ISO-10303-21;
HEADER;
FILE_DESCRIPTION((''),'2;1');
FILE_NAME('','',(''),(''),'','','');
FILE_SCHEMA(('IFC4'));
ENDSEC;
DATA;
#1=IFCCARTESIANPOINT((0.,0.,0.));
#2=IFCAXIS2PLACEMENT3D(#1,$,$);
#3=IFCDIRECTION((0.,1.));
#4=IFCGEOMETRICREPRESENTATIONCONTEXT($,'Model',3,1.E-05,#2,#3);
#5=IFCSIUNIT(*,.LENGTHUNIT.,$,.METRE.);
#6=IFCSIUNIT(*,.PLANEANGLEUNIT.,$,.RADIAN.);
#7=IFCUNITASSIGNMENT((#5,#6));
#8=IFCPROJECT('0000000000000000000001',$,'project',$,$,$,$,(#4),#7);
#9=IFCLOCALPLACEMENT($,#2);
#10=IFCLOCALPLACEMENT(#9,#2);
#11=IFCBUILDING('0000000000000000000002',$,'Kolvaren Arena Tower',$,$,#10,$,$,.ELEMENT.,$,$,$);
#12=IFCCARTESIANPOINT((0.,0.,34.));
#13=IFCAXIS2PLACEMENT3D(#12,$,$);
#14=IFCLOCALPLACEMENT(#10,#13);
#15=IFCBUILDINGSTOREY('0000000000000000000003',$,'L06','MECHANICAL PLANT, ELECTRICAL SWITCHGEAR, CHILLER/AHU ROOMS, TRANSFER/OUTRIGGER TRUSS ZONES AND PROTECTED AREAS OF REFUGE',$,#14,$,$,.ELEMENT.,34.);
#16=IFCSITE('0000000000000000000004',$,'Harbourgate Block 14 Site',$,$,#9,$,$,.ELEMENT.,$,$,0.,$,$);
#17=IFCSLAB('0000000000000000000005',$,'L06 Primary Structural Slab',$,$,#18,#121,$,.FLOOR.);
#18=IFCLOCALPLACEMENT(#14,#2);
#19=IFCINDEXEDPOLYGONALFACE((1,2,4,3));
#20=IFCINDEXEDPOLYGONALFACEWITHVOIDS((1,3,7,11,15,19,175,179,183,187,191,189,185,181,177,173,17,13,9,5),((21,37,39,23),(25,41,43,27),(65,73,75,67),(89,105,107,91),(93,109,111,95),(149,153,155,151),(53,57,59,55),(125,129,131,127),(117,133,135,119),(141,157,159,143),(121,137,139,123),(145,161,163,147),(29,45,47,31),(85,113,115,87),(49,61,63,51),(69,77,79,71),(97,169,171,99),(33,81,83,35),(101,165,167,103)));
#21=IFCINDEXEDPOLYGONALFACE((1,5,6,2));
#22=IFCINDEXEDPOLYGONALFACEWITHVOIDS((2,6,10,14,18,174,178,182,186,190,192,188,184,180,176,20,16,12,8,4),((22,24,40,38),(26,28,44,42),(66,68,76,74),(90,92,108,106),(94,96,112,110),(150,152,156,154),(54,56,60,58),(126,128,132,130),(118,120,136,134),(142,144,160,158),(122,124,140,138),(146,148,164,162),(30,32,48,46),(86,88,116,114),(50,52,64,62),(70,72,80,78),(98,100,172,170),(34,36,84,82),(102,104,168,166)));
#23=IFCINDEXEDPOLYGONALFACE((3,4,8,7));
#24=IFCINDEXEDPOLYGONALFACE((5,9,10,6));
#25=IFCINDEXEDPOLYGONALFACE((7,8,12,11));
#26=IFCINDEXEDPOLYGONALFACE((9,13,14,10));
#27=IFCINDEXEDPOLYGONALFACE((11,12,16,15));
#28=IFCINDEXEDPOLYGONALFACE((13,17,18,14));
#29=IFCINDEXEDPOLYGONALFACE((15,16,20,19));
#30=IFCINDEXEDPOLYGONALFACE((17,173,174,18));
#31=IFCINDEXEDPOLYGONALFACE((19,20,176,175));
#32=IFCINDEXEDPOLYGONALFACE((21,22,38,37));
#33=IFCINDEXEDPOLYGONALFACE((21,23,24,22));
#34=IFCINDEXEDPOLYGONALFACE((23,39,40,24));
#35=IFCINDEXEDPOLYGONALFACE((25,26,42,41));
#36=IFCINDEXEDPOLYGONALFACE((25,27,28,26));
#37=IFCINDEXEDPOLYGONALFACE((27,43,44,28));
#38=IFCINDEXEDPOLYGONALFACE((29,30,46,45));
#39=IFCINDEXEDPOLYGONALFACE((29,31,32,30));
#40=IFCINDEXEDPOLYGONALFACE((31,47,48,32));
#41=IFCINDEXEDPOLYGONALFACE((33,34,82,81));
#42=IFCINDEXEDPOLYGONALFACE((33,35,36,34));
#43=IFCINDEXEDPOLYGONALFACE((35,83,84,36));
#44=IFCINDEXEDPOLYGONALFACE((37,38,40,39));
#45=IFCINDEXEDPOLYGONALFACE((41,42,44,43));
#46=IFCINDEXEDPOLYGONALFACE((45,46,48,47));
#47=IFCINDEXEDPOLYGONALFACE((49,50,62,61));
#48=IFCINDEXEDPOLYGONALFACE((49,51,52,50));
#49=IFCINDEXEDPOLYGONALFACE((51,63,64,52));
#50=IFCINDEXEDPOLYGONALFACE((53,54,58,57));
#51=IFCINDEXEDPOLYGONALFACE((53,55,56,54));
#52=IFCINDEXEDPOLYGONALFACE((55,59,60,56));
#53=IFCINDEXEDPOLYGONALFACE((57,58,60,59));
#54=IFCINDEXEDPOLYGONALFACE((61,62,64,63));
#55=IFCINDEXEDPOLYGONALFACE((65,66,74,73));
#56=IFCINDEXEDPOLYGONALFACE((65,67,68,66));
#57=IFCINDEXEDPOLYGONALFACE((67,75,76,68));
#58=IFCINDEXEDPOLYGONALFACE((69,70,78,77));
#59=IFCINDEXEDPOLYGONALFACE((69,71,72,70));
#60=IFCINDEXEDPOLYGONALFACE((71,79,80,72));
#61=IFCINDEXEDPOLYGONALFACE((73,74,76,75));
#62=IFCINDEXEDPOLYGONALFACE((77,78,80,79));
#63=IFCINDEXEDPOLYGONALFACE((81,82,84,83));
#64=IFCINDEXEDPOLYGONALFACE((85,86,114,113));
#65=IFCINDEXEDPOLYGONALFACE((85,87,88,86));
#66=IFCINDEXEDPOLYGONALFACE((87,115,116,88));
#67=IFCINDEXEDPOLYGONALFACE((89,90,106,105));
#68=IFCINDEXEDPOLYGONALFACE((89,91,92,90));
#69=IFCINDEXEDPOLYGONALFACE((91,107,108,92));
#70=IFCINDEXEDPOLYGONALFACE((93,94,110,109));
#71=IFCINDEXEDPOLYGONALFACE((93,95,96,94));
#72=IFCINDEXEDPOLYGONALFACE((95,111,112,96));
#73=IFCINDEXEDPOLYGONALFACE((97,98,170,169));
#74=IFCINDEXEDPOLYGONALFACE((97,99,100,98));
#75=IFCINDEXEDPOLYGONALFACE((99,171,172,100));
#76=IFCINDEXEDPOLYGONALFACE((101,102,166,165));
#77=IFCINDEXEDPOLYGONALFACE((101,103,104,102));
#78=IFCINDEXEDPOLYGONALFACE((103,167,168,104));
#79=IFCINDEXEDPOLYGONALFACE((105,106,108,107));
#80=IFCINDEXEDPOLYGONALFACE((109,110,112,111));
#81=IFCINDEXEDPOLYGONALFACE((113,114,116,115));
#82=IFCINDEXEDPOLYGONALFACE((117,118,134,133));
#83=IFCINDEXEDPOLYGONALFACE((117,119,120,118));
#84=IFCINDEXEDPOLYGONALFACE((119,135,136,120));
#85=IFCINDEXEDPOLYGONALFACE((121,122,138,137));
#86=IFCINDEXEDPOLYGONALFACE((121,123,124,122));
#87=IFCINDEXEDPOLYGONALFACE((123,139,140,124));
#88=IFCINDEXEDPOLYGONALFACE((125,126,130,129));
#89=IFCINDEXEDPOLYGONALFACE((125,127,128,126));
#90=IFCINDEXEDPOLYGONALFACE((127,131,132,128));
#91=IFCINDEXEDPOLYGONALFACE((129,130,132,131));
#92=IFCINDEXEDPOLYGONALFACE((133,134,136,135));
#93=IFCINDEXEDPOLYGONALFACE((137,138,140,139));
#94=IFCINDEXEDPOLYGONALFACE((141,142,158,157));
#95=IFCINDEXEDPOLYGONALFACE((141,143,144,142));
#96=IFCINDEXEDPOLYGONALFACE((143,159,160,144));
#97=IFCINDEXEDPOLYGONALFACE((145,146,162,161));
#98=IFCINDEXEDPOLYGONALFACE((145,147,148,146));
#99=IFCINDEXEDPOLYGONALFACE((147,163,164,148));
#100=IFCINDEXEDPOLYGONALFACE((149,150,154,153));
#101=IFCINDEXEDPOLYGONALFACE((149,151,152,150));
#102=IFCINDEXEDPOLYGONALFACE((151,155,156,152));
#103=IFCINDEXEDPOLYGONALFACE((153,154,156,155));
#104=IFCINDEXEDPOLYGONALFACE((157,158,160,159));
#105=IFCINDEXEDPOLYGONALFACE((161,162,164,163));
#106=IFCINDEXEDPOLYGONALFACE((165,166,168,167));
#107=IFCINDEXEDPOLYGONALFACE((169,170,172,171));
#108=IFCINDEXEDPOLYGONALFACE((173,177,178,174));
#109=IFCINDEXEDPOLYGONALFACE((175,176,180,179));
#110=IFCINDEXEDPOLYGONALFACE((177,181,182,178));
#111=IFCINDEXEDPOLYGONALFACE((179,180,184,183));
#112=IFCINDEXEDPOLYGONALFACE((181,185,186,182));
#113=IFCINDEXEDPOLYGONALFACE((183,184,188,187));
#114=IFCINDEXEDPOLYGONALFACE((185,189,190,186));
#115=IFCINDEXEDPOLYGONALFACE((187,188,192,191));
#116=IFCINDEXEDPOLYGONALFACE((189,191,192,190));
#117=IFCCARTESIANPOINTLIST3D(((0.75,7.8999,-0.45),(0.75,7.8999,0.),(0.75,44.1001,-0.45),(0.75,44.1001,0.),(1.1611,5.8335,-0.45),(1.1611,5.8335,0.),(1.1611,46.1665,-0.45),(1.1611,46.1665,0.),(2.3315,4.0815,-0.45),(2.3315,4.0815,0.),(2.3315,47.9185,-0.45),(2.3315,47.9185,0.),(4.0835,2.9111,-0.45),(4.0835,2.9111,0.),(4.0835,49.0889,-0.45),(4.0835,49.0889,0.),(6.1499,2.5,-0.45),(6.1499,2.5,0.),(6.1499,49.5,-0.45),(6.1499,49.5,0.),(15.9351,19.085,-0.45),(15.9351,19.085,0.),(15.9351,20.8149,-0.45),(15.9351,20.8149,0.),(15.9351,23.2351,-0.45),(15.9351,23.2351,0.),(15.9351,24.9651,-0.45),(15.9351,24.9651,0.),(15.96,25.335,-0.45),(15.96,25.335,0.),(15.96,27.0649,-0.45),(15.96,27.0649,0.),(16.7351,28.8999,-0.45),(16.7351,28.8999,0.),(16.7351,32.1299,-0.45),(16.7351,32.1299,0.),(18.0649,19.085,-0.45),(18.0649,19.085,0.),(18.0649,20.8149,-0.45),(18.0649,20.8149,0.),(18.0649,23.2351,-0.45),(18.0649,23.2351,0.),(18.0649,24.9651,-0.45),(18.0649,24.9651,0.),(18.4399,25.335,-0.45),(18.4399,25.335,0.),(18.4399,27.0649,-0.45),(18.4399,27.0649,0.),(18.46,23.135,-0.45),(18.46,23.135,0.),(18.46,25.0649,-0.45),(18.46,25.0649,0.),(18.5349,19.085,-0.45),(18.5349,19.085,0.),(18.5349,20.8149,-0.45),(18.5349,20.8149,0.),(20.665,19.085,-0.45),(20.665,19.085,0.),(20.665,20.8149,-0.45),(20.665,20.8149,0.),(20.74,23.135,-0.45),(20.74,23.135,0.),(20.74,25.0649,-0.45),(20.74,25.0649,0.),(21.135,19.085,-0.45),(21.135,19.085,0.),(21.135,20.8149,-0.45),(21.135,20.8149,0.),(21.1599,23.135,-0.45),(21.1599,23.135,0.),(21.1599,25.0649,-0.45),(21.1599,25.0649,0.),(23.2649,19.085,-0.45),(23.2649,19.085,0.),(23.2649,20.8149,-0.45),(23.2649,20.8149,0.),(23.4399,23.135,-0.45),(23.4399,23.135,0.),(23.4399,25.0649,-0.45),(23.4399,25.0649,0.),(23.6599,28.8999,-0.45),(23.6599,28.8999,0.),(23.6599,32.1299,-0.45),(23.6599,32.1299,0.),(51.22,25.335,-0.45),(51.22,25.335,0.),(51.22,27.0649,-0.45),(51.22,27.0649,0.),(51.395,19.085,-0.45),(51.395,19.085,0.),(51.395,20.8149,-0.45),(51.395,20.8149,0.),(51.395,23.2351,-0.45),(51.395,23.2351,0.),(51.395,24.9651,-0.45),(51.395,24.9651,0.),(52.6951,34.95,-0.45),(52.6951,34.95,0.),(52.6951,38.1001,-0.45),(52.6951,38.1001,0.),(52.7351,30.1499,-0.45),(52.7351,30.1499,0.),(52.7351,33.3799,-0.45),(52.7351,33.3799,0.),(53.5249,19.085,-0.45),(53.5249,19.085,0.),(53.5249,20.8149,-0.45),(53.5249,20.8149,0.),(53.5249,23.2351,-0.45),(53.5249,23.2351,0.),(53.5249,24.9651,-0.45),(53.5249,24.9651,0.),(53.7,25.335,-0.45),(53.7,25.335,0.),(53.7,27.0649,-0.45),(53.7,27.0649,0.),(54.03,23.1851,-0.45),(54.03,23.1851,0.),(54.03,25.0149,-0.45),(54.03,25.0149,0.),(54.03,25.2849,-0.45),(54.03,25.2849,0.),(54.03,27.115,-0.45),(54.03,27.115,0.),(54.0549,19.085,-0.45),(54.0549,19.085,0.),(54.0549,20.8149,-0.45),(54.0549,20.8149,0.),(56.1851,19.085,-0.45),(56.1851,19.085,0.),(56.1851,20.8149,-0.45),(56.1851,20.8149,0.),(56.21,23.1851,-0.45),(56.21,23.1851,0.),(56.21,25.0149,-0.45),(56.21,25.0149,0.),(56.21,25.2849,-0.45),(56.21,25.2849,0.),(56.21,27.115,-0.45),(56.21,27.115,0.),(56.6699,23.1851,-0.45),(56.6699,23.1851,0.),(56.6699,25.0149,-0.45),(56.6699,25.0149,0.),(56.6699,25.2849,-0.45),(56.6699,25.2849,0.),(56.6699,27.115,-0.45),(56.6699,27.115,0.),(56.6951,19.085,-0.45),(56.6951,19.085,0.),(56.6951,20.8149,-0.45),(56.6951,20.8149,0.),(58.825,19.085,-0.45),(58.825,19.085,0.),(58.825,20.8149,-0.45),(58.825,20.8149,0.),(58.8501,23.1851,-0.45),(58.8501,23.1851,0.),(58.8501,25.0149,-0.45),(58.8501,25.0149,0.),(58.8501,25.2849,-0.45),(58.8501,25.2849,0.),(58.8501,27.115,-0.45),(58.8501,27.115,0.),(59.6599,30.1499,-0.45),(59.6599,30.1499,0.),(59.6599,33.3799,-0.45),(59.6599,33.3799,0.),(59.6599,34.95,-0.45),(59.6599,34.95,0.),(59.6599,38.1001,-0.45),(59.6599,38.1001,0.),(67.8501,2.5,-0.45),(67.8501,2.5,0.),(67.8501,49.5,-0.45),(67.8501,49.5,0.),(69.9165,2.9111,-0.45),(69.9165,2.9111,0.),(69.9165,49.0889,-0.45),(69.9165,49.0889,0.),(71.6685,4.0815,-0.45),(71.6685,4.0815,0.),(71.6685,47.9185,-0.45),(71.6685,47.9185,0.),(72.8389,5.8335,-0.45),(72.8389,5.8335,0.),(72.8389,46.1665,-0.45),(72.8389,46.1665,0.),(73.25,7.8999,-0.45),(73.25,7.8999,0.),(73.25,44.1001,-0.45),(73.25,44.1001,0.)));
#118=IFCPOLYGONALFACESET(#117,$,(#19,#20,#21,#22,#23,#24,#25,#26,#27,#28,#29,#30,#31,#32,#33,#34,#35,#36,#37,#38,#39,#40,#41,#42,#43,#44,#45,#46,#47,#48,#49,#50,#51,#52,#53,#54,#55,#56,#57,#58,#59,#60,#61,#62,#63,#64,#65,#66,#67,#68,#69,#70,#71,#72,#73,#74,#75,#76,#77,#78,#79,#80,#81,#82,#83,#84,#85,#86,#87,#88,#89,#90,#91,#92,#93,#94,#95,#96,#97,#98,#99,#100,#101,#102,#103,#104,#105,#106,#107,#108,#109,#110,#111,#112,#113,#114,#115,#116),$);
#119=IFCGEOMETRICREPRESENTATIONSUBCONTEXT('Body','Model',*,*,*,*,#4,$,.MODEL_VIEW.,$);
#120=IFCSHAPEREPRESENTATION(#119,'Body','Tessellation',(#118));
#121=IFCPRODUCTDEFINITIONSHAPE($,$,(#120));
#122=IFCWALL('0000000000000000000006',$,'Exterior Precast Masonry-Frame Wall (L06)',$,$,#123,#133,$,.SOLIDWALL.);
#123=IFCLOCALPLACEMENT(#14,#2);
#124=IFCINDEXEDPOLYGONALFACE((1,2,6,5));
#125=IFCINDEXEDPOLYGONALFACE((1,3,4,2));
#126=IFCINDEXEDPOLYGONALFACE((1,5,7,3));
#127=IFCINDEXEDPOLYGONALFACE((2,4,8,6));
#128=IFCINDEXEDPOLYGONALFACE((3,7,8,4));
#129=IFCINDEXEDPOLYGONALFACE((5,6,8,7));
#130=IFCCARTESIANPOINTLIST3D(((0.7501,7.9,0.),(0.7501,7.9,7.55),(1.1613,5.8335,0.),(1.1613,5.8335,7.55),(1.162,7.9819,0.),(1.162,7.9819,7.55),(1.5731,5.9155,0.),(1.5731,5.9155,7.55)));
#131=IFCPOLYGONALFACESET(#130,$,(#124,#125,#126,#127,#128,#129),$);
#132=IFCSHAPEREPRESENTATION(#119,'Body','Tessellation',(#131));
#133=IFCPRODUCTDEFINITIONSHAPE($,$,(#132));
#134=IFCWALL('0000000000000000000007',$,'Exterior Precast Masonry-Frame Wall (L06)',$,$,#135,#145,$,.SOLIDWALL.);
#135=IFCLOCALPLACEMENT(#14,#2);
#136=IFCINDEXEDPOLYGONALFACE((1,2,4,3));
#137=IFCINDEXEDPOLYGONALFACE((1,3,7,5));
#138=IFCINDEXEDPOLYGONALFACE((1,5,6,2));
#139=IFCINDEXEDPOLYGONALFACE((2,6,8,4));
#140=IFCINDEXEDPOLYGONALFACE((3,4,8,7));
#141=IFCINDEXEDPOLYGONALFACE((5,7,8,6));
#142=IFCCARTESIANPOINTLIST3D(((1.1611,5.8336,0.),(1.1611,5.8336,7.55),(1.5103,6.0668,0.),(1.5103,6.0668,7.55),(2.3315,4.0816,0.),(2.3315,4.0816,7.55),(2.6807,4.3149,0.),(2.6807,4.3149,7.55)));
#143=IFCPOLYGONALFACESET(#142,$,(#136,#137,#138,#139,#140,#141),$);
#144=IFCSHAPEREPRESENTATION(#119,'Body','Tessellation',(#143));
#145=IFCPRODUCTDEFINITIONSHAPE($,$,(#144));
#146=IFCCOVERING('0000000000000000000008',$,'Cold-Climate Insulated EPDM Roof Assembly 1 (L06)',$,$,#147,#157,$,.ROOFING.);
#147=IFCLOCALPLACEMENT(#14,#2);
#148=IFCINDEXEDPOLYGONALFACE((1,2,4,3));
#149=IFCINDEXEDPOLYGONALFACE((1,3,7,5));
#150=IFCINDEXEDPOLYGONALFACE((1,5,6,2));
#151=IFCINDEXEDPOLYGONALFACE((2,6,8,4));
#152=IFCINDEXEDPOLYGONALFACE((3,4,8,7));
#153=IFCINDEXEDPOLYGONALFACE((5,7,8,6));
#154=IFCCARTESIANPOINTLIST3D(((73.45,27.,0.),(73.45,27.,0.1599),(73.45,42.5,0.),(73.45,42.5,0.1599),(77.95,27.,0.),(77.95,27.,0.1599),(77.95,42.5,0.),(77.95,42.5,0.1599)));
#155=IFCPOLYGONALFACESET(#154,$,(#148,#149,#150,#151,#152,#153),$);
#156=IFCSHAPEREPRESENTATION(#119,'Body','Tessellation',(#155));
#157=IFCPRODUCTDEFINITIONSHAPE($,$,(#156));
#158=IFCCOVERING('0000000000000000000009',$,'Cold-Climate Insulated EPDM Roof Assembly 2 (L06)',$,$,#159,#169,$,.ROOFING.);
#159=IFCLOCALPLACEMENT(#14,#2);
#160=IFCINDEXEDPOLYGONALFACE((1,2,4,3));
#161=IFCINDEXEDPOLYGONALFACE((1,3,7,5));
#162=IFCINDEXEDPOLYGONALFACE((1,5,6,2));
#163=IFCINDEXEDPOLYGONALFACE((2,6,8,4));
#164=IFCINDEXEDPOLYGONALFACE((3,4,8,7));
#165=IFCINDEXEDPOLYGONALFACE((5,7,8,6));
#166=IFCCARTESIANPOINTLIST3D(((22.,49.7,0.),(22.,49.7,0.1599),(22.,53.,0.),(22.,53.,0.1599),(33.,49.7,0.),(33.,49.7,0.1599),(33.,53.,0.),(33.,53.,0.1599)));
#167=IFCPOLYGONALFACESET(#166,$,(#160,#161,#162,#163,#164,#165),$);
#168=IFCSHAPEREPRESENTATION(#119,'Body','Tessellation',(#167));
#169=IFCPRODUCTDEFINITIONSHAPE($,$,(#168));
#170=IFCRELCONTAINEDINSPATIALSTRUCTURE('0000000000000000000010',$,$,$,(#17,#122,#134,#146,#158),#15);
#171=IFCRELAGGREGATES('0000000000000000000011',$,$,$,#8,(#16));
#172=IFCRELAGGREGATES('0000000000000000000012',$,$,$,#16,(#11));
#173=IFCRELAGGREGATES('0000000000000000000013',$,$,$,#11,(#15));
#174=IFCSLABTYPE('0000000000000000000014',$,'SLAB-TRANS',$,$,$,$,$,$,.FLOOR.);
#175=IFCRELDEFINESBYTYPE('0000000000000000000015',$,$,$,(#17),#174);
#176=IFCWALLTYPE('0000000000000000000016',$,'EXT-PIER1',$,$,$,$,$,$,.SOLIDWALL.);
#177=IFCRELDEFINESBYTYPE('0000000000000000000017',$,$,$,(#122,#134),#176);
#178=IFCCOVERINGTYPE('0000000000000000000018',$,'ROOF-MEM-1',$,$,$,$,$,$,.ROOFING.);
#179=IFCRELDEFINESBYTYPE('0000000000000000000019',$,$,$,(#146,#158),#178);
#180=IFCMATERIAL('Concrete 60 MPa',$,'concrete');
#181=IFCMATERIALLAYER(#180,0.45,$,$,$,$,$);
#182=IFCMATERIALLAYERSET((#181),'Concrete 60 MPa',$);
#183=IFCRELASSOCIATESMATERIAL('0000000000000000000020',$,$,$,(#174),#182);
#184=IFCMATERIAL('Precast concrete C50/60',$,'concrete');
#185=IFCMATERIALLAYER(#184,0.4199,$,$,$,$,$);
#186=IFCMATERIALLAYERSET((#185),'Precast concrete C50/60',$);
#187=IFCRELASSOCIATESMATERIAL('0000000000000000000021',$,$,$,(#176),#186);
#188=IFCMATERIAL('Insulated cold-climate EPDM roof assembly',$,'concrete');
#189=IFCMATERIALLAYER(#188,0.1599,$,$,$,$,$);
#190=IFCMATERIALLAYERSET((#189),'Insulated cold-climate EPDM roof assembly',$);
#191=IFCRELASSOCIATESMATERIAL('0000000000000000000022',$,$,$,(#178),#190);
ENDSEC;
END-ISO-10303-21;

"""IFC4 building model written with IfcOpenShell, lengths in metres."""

from ifc_helpers import new_model, si_unit, direction, frame, frame_2d, origin, place, context, subcontext, project, spatial, polyline, rectangle, outline, extrude, material, layer, layer_set, type_object, element, save


model = new_model("IFC4")

# Units and contexts
model_context = context("Model", 3, precision=1e-05, world=origin(), true_north=direction((0.0, 1.0)))
body_context = subcontext(model_context, "Body", "Model", "MODEL_VIEW")
ifc_project = project(units=[si_unit("LENGTHUNIT", "METRE"), si_unit("PLANEANGLEUNIT", "RADIAN")], contexts=[model_context])

# Site, building, storey
site_placement = place(None, origin())
site = spatial("IfcSite", under=ifc_project, at=site_placement, Name="Harbourgate Block 14 Site", CompositionType="ELEMENT", RefElevation=0.0)
building_placement = place(site_placement, origin())
building = spatial("IfcBuilding", under=site, at=building_placement, Name="Kolvaren Arena Tower", CompositionType="ELEMENT")
storey_placement = place(building_placement, frame((0.0, 0.0, 34.0)))
storey = spatial("IfcBuildingStorey", under=building, at=storey_placement, Name="L06", Description="MECHANICAL PLANT, ELECTRICAL SWITCHGEAR, CHILLER/AHU ROOMS, TRANSFER/OUTRIGGER TRUSS ZONES AND PROTECTED AREAS OF REFUGE", CompositionType="ELEMENT", Elevation=34.0)

# Slab
ifc_material_1 = material(Name="Concrete 60 MPa", Category="concrete")
ifc_layer_1 = layer(ifc_material_1, 0.45)
ifc_layer_set_1 = layer_set([ifc_layer_1], Name="Concrete 60 MPa")
slab_type_1 = type_object("IfcSlabType", Name="SLAB-TRANS", PredefinedType="FLOOR", material=ifc_layer_set_1)
slab_1_placement = place(storey_placement, frame((0.0, 0.0, -0.45)))
element("IfcSlab", 1, at=slab_1_placement, inside=storey, type_object=slab_type_1, Name="L06 Primary Structural Slab", PredefinedType="FLOOR", context=body_context, shape_type="SweptSolid", body=[
    extrude(outline(polyline([(67.8501, 2.5), (69.9165, 2.9111), (71.6685, 4.0815), (72.8389, 5.8335), (73.25, 7.8999), (73.25, 44.1001), (72.8389, 46.1665), (71.6685, 47.9185), (69.9165, 49.0889), (67.8501, 49.5), (6.1499, 49.5), (4.0835, 49.0889), (2.3315, 47.9185), (1.1611, 46.1665), (0.75, 44.1001), (0.75, 7.8999), (1.1611, 5.8335), (2.3315, 4.0815), (4.0835, 2.9111), (6.1499, 2.5), (67.8501, 2.5)]), holes=[polyline([(15.9351, 19.085), (15.9351, 20.8149), (18.0649, 20.8149), (18.0649, 19.085), (15.9351, 19.085)]), polyline([(18.5349, 19.085), (18.5349, 20.8149), (20.665, 20.8149), (20.665, 19.085), (18.5349, 19.085)]), polyline([(21.135, 19.085), (21.135, 20.8149), (23.2649, 20.8149), (23.2649, 19.085), (21.135, 19.085)]), polyline([(51.395, 19.085), (51.395, 20.8149), (53.5249, 20.8149), (53.5249, 19.085), (51.395, 19.085)]), polyline([(54.0549, 19.085), (54.0549, 20.8149), (56.1851, 20.8149), (56.1851, 19.085), (54.0549, 19.085)]), polyline([(56.6951, 19.085), (56.6951, 20.8149), (58.825, 20.8149), (58.825, 19.085), (56.6951, 19.085)]), polyline([(18.46, 23.135), (18.46, 25.0649), (20.74, 25.0649), (20.74, 23.135), (18.46, 23.135)]), polyline([(21.1599, 23.135), (21.1599, 25.0649), (23.4399, 25.0649), (23.4399, 23.135), (21.1599, 23.135)]), polyline([(54.03, 25.0149), (56.21, 25.0149), (56.21, 23.1851), (54.03, 23.1851), (54.03, 25.0149)]), polyline([(56.6699, 25.0149), (58.8501, 25.0149), (58.8501, 23.1851), (56.6699, 23.1851), (56.6699, 25.0149)]), polyline([(15.9351, 23.2351), (15.9351, 24.9651), (18.0649, 24.9651), (18.0649, 23.2351), (15.9351, 23.2351)]), polyline([(51.395, 24.9651), (53.5249, 24.9651), (53.5249, 23.2351), (51.395, 23.2351), (51.395, 24.9651)]), polyline([(54.03, 25.2849), (54.03, 27.115), (56.21, 27.115), (56.21, 25.2849), (54.03, 25.2849)]), polyline([(56.6699, 25.2849), (56.6699, 27.115), (58.8501, 27.115), (58.8501, 25.2849), (56.6699, 25.2849)]), polyline([(15.96, 27.0649), (18.4399, 27.0649), (18.4399, 25.335), (15.96, 25.335), (15.96, 27.0649)]), polyline([(51.22, 25.335), (51.22, 27.0649), (53.7, 27.0649), (53.7, 25.335), (51.22, 25.335)]), polyline([(16.7351, 28.8999), (16.7351, 32.1299), (23.6599, 32.1299), (23.6599, 28.8999), (16.7351, 28.8999)]), polyline([(52.7351, 33.3799), (59.6599, 33.3799), (59.6599, 30.1499), (52.7351, 30.1499), (52.7351, 33.3799)]), polyline([(52.6951, 38.1001), (59.6599, 38.1001), (59.6599, 34.95), (52.6951, 34.95), (52.6951, 38.1001)])]), origin(), (0.0, 0.0, 1.0), 0.45),
])

# Walls
ifc_material_2 = material(Name="Precast concrete C50/60", Category="concrete")
ifc_layer_2 = layer(ifc_material_2, 0.4199)
ifc_layer_set_2 = layer_set([ifc_layer_2], Name="Precast concrete C50/60")
wall_type = type_object("IfcWallType", Name="EXT-PIER1", PredefinedType="SOLIDWALL", material=ifc_layer_set_2)
for number, where, z_axis, x_axis, name in (
    (2, (1.3672, 5.8745, 0.0), (0.0, 0.0, 1.0), (-0.195136, 0.980776, 0.0), "Exterior Precast Masonry-Frame Wall (L06)"),
    (3, (2.5061, 4.1982, 0.0), (0.0, 0.0, 1.0), (-0.555502, 0.831515, 0.0), "Exterior Precast Masonry-Frame Wall (L06)"),
):
    element("IfcWall", number, at=place(storey_placement, frame(where, z_axis=z_axis, x_axis=x_axis)), inside=storey, type_object=wall_type, Name=name, PredefinedType="SOLIDWALL", context=body_context, shape_type="SweptSolid", body=[
        extrude(rectangle(XDim=2.1069, YDim=0.4199, at=frame_2d((1.0535, 0.0))), origin(), (0.0, 0.0, 1.0), 7.55),
    ])

# Coverings
ifc_material_3 = material(Name="Insulated cold-climate EPDM roof assembly", Category="concrete")
ifc_layer_3 = layer(ifc_material_3, 0.1599)
ifc_layer_set_3 = layer_set([ifc_layer_3], Name="Insulated cold-climate EPDM roof assembly")
covering_type = type_object("IfcCoveringType", Name="ROOF-MEM-1", PredefinedType="ROOFING", material=ifc_layer_set_3)
covering_1_placement = place(storey_placement, origin())
element("IfcCovering", 4, at=covering_1_placement, inside=storey, type_object=covering_type, Name="Cold-Climate Insulated EPDM Roof Assembly 1 (L06)", PredefinedType="ROOFING", context=body_context, shape_type="SweptSolid", body=[
    extrude(outline(polyline([(73.45, 27.0), (77.95, 27.0), (77.95, 42.5), (73.45, 42.5), (73.45, 27.0)])), origin(), (0.0, 0.0, 1.0), 0.1599),
])
covering_2_placement = place(storey_placement, origin())
element("IfcCovering", 5, at=covering_2_placement, inside=storey, type_object=covering_type, Name="Cold-Climate Insulated EPDM Roof Assembly 2 (L06)", PredefinedType="ROOFING", context=body_context, shape_type="SweptSolid", body=[
    extrude(outline(polyline([(22.0, 49.7), (33.0, 49.7), (33.0, 53.0), (22.0, 53.0), (22.0, 49.7)])), origin(), (0.0, 0.0, 1.0), 0.1599),
])

save(model, "model.ifc")
